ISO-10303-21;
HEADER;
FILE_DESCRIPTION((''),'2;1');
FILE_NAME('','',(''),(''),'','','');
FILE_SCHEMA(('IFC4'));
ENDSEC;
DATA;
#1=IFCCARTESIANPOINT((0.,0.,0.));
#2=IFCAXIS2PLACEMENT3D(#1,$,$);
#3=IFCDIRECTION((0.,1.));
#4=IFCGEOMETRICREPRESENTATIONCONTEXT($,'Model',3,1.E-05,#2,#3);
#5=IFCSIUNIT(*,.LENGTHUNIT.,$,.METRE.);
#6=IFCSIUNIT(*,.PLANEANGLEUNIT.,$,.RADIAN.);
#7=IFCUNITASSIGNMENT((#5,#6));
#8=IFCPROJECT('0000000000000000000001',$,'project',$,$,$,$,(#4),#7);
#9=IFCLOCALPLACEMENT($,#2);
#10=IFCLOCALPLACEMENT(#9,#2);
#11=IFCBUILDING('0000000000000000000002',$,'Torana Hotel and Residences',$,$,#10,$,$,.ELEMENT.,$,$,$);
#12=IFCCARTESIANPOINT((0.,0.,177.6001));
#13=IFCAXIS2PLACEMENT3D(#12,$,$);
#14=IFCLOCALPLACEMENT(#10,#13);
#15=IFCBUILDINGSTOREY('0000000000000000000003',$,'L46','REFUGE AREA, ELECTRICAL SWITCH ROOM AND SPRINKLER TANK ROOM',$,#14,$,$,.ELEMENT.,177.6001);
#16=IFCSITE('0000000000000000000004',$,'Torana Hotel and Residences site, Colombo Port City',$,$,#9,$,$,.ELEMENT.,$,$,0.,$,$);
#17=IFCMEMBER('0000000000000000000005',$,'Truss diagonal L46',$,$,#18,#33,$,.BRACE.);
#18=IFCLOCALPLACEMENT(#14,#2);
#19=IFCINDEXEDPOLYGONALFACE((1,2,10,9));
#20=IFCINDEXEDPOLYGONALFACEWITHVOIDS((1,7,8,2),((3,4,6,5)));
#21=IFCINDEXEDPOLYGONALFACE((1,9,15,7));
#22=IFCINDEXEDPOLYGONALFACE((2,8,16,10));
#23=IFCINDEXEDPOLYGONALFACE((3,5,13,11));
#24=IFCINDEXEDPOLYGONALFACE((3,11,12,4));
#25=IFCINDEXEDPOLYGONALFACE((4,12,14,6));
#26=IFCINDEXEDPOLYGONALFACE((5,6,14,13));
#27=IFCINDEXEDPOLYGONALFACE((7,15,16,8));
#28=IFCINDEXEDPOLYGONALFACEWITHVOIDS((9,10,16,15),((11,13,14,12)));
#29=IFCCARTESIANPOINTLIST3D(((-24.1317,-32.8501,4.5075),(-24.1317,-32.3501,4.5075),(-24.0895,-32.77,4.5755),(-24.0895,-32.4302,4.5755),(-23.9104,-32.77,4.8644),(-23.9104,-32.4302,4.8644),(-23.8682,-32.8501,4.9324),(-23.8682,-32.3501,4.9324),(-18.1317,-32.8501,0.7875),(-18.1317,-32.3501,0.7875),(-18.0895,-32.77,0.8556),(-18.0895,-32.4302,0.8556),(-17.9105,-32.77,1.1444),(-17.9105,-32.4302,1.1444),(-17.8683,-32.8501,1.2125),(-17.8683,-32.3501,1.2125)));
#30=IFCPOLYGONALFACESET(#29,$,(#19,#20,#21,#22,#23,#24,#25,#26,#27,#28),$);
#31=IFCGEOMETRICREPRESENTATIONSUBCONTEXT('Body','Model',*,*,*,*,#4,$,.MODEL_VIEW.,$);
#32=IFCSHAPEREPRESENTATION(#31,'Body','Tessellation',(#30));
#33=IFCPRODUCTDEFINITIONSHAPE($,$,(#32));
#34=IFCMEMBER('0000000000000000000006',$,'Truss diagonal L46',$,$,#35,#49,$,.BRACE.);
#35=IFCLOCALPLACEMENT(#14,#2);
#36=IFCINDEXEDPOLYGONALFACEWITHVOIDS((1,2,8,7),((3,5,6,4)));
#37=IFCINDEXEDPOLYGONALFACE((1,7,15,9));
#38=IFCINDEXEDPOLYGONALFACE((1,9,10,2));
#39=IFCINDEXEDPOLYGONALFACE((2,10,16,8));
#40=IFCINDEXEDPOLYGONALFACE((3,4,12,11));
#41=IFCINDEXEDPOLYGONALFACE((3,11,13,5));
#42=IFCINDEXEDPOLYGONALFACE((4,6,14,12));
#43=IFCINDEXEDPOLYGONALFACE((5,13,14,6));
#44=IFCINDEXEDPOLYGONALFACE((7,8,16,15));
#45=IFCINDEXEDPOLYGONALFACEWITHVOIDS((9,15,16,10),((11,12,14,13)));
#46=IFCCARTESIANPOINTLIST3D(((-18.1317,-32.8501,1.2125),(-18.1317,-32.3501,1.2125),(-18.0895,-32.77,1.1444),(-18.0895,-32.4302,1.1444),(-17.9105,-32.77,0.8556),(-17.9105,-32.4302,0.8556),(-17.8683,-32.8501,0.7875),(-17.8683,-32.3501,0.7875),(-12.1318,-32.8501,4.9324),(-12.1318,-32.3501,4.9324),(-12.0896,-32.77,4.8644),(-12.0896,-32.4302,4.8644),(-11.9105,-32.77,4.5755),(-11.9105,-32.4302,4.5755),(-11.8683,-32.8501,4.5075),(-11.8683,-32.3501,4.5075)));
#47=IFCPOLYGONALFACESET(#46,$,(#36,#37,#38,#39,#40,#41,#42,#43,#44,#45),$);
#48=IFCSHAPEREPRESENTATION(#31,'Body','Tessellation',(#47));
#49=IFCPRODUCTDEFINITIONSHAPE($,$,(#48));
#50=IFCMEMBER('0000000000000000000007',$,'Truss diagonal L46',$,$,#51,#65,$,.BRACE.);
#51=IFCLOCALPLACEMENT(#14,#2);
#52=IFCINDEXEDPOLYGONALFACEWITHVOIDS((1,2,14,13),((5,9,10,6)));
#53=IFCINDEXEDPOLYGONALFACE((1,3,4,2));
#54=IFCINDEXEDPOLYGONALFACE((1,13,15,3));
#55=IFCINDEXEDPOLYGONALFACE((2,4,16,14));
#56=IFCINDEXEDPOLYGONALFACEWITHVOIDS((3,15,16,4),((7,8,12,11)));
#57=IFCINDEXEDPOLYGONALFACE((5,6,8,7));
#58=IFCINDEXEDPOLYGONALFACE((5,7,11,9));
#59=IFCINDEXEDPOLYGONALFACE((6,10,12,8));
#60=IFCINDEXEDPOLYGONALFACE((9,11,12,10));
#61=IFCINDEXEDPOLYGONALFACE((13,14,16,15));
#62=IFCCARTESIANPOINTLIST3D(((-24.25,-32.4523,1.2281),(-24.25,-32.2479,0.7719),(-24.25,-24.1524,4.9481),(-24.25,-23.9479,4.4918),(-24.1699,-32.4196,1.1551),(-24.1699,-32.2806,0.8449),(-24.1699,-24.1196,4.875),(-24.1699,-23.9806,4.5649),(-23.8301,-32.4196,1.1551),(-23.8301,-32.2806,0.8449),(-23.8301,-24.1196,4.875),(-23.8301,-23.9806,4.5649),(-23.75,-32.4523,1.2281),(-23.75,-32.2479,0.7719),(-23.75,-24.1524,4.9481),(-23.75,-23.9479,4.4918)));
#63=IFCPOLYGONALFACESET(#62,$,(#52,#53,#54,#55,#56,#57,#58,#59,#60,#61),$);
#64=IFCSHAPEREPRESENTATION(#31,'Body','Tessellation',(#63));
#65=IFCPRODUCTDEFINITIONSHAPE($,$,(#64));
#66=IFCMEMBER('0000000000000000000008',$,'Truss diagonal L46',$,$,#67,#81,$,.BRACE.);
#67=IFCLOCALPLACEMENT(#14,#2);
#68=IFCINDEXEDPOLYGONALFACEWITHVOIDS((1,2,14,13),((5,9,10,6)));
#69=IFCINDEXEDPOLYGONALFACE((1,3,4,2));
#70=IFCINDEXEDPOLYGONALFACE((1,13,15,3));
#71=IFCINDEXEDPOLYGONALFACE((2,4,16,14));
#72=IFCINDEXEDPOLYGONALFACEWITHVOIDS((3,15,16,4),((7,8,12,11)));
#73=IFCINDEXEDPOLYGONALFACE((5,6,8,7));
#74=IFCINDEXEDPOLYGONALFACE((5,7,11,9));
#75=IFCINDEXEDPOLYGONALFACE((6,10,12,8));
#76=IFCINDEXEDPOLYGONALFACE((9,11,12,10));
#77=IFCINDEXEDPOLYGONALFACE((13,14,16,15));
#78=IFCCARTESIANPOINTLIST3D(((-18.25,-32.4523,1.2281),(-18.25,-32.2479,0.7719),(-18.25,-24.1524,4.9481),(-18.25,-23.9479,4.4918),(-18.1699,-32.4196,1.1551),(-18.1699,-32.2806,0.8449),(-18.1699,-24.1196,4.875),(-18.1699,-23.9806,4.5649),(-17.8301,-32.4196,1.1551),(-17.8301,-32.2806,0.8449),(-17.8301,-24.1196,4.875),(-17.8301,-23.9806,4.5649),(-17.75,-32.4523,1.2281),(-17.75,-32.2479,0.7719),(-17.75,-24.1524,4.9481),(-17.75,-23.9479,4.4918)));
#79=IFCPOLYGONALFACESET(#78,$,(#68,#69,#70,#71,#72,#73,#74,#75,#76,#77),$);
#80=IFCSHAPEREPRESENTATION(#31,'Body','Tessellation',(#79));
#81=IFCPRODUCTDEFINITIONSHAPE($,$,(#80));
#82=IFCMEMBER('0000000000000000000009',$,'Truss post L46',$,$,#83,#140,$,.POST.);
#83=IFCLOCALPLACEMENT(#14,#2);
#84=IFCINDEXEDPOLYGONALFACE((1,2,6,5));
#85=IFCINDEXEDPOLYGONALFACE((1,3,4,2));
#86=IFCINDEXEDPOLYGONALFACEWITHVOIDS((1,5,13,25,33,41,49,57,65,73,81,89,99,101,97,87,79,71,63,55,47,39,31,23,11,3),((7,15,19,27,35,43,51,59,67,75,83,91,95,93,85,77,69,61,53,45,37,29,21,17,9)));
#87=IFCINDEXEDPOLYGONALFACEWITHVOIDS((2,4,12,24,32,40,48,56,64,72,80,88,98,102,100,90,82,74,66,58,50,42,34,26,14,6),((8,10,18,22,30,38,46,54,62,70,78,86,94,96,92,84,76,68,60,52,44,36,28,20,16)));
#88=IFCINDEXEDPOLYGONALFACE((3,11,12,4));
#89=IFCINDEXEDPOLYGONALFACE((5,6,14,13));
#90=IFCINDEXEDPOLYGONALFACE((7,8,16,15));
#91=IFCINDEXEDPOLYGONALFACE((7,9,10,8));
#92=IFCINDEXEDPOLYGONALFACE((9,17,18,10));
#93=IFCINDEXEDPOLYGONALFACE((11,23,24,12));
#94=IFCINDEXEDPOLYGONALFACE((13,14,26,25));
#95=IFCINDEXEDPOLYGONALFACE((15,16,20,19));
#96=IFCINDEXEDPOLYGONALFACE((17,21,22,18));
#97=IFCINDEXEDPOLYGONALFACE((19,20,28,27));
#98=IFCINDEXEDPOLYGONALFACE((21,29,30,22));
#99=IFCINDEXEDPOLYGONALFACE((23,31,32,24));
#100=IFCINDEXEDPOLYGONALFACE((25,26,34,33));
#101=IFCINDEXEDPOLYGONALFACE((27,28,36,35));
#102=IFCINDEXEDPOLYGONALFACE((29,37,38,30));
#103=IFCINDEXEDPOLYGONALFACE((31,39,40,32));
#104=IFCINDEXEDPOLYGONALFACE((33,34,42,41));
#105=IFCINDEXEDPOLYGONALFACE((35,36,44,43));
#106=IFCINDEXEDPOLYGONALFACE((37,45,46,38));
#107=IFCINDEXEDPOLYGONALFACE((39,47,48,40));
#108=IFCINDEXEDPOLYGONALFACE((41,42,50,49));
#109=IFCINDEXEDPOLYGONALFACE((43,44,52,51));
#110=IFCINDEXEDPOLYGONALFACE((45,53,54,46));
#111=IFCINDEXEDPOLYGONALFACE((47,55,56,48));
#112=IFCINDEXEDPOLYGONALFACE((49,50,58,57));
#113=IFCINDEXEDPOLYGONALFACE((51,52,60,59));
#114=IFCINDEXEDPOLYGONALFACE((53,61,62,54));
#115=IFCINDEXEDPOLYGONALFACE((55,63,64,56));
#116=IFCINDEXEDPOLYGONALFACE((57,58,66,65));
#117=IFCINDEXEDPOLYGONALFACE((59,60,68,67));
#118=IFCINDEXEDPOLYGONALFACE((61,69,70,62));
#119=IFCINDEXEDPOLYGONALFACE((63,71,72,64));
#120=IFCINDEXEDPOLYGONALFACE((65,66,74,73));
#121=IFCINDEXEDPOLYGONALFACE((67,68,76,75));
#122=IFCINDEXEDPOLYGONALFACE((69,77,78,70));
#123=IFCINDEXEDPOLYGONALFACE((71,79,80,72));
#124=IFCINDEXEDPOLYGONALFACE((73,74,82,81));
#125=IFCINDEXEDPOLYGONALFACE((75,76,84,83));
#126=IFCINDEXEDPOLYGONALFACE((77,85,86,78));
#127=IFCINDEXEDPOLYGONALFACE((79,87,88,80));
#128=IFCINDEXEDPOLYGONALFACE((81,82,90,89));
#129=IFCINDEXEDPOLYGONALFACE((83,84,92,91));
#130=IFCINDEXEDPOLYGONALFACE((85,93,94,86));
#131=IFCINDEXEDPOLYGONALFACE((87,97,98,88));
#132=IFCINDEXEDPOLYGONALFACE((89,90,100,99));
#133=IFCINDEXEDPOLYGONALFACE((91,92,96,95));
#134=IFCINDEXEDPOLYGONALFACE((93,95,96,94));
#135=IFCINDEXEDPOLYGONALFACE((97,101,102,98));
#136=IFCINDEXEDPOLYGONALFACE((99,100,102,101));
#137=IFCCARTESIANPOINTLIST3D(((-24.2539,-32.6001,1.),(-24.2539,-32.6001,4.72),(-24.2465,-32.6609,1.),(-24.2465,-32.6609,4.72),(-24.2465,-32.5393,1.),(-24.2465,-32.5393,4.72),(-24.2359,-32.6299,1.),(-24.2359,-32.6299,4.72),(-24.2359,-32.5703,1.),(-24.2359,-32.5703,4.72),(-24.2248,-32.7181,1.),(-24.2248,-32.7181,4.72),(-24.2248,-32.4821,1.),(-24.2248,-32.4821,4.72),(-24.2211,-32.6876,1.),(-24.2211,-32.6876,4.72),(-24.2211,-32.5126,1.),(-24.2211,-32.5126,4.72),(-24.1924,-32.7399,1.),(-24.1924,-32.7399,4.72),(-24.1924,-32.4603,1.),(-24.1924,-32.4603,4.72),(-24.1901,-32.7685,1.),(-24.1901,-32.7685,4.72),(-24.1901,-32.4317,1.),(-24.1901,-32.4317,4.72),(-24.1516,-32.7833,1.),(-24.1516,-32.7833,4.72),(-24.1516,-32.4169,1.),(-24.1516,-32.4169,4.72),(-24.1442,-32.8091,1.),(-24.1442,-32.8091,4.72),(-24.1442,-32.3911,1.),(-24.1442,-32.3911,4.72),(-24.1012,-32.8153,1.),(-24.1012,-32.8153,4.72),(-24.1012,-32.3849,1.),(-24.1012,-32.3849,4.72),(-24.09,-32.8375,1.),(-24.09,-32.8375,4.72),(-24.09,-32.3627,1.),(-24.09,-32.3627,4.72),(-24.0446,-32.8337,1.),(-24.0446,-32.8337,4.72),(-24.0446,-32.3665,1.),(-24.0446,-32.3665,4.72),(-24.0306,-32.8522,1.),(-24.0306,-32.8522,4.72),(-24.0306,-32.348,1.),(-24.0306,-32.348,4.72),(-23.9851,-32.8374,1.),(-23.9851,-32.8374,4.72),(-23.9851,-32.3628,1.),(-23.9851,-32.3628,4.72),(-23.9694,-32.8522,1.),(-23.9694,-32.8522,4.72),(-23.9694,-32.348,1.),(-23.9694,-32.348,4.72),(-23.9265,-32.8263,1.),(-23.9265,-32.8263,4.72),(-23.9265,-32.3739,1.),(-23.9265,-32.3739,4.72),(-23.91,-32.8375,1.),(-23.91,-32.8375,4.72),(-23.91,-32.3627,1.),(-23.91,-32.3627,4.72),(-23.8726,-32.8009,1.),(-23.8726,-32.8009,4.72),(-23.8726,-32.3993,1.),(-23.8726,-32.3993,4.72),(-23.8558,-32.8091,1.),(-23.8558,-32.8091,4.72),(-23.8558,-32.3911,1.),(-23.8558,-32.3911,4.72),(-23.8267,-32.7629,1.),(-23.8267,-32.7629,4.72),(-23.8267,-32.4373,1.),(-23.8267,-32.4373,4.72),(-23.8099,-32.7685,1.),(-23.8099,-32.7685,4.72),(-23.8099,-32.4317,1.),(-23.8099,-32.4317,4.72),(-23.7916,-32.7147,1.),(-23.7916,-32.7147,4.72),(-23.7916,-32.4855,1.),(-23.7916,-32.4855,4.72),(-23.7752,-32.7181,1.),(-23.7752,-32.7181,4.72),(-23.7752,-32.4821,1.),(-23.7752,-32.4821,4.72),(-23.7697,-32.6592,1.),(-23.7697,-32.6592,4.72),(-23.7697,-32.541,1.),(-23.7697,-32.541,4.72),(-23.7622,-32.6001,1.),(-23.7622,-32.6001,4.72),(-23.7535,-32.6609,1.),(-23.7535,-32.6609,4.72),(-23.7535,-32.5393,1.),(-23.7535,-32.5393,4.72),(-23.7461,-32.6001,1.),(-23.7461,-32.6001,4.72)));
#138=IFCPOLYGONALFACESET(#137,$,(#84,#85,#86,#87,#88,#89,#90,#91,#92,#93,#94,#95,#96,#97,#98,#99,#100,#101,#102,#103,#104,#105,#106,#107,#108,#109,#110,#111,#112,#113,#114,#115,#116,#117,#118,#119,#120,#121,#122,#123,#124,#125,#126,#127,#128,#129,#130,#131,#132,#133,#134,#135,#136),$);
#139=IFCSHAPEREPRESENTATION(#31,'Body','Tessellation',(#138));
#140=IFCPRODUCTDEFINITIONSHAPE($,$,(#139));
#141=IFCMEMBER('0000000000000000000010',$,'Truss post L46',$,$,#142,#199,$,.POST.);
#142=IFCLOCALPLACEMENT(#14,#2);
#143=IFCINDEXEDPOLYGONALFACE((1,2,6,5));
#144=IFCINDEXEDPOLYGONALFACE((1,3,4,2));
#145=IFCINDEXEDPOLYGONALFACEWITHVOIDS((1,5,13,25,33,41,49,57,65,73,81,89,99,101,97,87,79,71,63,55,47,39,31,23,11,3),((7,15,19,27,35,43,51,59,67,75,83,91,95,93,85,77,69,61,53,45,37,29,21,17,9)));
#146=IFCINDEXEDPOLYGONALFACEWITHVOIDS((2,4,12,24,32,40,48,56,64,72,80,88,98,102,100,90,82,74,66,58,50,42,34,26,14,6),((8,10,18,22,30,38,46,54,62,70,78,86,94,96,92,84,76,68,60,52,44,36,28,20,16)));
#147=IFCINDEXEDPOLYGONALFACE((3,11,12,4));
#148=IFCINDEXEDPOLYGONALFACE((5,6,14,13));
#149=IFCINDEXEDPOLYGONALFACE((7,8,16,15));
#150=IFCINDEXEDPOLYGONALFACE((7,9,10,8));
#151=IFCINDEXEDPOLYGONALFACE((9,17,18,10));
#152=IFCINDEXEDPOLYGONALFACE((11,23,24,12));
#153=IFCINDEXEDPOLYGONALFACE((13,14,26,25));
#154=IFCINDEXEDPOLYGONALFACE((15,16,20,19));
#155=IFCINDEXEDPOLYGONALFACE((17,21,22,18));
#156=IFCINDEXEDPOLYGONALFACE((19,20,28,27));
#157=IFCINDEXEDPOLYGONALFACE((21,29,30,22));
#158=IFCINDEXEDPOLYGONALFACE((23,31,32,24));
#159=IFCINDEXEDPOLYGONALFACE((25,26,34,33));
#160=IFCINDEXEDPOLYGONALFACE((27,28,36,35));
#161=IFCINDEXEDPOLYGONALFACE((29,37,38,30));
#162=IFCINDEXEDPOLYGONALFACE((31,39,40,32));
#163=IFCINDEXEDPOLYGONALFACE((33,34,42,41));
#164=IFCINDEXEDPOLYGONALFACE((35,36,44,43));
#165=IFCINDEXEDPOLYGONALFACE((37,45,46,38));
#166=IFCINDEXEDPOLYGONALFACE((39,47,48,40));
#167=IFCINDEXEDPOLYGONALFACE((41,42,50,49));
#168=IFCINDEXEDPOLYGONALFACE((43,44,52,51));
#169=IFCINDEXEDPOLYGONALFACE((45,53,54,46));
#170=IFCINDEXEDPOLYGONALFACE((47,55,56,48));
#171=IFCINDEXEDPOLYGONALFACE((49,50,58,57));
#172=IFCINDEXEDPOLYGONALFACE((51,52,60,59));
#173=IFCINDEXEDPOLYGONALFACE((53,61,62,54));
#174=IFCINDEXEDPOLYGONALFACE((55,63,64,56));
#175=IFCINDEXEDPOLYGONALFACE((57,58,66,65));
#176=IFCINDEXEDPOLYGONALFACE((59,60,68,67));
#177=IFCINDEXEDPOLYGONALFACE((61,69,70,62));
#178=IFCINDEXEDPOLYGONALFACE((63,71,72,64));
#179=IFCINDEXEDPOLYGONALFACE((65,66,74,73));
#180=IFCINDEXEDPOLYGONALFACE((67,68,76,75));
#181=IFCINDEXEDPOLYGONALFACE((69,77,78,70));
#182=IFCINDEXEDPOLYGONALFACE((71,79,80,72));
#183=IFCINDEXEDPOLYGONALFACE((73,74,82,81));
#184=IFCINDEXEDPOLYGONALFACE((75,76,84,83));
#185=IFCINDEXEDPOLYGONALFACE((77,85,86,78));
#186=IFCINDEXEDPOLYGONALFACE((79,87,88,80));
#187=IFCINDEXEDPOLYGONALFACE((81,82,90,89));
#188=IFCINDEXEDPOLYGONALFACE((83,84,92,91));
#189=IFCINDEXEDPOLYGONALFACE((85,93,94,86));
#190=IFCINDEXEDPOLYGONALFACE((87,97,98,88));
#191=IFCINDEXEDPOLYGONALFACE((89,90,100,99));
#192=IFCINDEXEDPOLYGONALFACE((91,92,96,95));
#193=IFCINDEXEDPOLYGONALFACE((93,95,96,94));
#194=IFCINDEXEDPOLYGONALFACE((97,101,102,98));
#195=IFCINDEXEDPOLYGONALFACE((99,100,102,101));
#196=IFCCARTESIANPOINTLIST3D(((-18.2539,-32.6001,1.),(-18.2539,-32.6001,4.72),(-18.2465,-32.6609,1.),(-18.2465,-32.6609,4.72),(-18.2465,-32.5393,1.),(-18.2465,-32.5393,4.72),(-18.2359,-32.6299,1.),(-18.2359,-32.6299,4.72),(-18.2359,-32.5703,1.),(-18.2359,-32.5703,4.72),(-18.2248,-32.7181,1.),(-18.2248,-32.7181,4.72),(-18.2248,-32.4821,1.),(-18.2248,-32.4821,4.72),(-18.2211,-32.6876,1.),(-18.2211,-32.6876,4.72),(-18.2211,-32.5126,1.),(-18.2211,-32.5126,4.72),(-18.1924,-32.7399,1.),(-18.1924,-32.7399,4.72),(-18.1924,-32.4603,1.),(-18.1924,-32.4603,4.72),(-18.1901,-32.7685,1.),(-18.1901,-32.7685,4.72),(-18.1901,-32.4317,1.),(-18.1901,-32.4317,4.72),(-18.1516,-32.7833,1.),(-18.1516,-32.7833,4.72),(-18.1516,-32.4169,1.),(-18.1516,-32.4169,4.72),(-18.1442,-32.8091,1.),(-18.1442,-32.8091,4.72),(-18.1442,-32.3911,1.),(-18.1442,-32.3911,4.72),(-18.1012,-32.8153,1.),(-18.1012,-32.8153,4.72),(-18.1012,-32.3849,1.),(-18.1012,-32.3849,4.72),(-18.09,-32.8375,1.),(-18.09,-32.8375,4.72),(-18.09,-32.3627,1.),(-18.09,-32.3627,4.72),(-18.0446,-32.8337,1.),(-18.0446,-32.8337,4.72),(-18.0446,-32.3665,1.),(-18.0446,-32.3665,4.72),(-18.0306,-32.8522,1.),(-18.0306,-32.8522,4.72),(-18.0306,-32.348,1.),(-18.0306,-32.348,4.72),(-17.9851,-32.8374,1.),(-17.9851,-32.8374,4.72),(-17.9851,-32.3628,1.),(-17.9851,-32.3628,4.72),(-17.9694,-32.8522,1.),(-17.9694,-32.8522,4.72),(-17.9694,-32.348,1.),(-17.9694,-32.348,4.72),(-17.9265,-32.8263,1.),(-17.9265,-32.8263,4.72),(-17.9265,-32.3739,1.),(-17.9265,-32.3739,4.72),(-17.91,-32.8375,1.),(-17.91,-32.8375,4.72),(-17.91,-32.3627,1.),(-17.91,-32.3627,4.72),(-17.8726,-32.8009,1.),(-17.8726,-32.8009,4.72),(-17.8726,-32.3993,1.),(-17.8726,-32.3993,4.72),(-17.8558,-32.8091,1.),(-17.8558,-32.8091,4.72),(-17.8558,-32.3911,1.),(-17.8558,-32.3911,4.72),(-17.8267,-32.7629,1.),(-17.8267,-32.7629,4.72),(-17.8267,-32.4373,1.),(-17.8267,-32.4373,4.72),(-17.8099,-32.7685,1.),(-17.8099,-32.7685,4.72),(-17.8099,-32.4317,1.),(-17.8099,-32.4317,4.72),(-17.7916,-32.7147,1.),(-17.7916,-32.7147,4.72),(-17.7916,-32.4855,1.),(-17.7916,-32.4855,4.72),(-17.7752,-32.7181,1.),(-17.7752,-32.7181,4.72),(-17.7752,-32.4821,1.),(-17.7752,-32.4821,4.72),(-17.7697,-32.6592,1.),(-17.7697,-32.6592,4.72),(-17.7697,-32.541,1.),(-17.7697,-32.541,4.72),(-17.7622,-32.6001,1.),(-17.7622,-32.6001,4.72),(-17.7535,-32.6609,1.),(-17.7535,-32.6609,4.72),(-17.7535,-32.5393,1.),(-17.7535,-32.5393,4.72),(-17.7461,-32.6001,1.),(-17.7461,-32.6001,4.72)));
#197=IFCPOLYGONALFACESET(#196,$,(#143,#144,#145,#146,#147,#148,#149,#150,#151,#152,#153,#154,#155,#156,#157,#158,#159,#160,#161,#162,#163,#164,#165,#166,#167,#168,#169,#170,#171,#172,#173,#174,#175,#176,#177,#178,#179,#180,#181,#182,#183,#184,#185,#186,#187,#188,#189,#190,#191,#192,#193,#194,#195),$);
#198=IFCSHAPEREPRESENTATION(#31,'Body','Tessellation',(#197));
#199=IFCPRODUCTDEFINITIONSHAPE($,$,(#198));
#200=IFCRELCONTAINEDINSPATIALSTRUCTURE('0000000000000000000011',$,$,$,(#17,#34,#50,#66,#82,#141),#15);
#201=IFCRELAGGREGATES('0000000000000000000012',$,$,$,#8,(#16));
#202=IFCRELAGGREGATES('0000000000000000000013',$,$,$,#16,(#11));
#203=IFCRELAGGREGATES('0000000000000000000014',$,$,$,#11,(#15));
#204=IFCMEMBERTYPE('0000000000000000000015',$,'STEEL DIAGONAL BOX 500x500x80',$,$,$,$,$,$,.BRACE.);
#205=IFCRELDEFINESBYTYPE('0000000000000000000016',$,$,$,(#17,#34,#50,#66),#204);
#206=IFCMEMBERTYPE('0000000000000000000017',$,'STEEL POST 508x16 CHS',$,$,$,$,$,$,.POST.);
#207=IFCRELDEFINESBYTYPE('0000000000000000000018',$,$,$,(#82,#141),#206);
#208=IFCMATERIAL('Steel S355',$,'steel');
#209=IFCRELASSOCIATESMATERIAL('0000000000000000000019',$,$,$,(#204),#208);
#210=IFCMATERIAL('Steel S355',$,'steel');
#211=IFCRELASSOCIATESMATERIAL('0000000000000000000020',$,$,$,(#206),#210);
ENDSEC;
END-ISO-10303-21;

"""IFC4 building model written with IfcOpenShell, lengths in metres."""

from ifc_helpers import new_model, si_unit, direction, frame, origin, origin_2d, place, context, subcontext, project, spatial, hollow_rectangle, hollow_circle, extrude, material, material_profile, profile_set, type_object, element, save


model = new_model("IFC4")

# Units and contexts
model_context = context("Model", 3, precision=1e-05, world=origin(), true_north=direction((0.0, 1.0)))
body_context = subcontext(model_context, "Body", "Model", "MODEL_VIEW")
ifc_project = project(units=[si_unit("LENGTHUNIT", "METRE"), si_unit("PLANEANGLEUNIT", "RADIAN")], contexts=[model_context])

# Site, building, storey
site_placement = place(None, origin())
site = spatial("IfcSite", under=ifc_project, at=site_placement, Name="Torana Hotel and Residences site, Colombo Port City", CompositionType="ELEMENT", RefElevation=0.0)
building_placement = place(site_placement, origin())
building = spatial("IfcBuilding", under=site, at=building_placement, Name="Torana Hotel and Residences", CompositionType="ELEMENT")
storey_placement = place(building_placement, frame((0.0, 0.0, 177.6001)))
storey = spatial("IfcBuildingStorey", under=building, at=storey_placement, Name="L46", Description="REFUGE AREA, ELECTRICAL SWITCH ROOM AND SPRINKLER TANK ROOM", CompositionType="ELEMENT", Elevation=177.6001)

# Members
ifc_material_1 = material(Name="Steel S355", Category="steel")
ifc_material_profile_1 = material_profile(ifc_material_1, hollow_rectangle(XDim=0.5, YDim=0.5, WallThickness=0.0801, at=origin_2d()), Name="BOX 500x500x80")
ifc_profile_set_1 = profile_set([ifc_material_profile_1], Name="Steel S355")
member_type_1 = type_object("IfcMemberType", Name="STEEL DIAGONAL BOX 500x500x80", PredefinedType="BRACE", material=ifc_profile_set_1)
for number, where, z_axis, x_axis, name in (
    (1, (-18.0, -32.6001, 1.0), (-0.849905, 0.0, 0.526937), (0.0, -1.0, 0.0), "Truss diagonal L46"),
    (2, (-18.0, -32.6001, 1.0), (0.849905, 0.0, 0.526937), (0.0, 1.0, 0.0), "Truss diagonal L46"),
):
    element("IfcMember", number, at=place(storey_placement, frame(where, z_axis=z_axis, x_axis=x_axis)), inside=storey, type_object=member_type_1, Name=name, PredefinedType="BRACE", context=body_context, shape_type="SweptSolid", body=[
        extrude(hollow_rectangle(XDim=0.5, YDim=0.5, WallThickness=0.0801, at=origin_2d()), origin(), (0.0, 0.0, 1.0), 7.0596),
    ])
for number, where, z_axis, x_axis, name in (
    (3, (-24.0, -32.3501, 1.0), (0.0, 0.91254, 0.408988), (-1.0, 0.0, 0.0), "Truss diagonal L46"),
    (4, (-18.0, -32.3501, 1.0), (0.0, 0.91254, 0.408988), (-1.0, 0.0, 0.0), "Truss diagonal L46"),
):
    element("IfcMember", number, at=place(storey_placement, frame(where, z_axis=z_axis, x_axis=x_axis)), inside=storey, type_object=member_type_1, Name=name, PredefinedType="BRACE", context=body_context, shape_type="SweptSolid", body=[
        extrude(hollow_rectangle(XDim=0.5, YDim=0.5, WallThickness=0.0801, at=origin_2d()), origin(), (0.0, 0.0, 1.0), 9.0955),
    ])
ifc_material_2 = material(Name="Steel S355", Category="steel")
ifc_material_profile_2 = material_profile(ifc_material_2, hollow_circle(Radius=0.2539, WallThickness=0.0161, at=origin_2d()), Name="508x16 CHS")
ifc_profile_set_2 = profile_set([ifc_material_profile_2], Name="Steel S355")
member_type_2 = type_object("IfcMemberType", Name="STEEL POST 508x16 CHS", PredefinedType="POST", material=ifc_profile_set_2)
for number, where, z_axis, x_axis, name in (
    (5, (-24.0, -32.6001, 1.0), (0.0, 0.0, 1.0), (1.0, 0.0, 0.0), "Truss post L46"),
    (6, (-18.0, -32.6001, 1.0), (0.0, 0.0, 1.0), (1.0, 0.0, 0.0), "Truss post L46"),
):
    element("IfcMember", number, at=place(storey_placement, frame(where, z_axis=z_axis, x_axis=x_axis)), inside=storey, type_object=member_type_2, Name=name, PredefinedType="POST", context=body_context, shape_type="SweptSolid", body=[
        extrude(hollow_circle(Radius=0.2539, WallThickness=0.0161, at=origin_2d()), origin(), (0.0, 0.0, 1.0), 3.72),
    ])

save(model, "model.ifc")
